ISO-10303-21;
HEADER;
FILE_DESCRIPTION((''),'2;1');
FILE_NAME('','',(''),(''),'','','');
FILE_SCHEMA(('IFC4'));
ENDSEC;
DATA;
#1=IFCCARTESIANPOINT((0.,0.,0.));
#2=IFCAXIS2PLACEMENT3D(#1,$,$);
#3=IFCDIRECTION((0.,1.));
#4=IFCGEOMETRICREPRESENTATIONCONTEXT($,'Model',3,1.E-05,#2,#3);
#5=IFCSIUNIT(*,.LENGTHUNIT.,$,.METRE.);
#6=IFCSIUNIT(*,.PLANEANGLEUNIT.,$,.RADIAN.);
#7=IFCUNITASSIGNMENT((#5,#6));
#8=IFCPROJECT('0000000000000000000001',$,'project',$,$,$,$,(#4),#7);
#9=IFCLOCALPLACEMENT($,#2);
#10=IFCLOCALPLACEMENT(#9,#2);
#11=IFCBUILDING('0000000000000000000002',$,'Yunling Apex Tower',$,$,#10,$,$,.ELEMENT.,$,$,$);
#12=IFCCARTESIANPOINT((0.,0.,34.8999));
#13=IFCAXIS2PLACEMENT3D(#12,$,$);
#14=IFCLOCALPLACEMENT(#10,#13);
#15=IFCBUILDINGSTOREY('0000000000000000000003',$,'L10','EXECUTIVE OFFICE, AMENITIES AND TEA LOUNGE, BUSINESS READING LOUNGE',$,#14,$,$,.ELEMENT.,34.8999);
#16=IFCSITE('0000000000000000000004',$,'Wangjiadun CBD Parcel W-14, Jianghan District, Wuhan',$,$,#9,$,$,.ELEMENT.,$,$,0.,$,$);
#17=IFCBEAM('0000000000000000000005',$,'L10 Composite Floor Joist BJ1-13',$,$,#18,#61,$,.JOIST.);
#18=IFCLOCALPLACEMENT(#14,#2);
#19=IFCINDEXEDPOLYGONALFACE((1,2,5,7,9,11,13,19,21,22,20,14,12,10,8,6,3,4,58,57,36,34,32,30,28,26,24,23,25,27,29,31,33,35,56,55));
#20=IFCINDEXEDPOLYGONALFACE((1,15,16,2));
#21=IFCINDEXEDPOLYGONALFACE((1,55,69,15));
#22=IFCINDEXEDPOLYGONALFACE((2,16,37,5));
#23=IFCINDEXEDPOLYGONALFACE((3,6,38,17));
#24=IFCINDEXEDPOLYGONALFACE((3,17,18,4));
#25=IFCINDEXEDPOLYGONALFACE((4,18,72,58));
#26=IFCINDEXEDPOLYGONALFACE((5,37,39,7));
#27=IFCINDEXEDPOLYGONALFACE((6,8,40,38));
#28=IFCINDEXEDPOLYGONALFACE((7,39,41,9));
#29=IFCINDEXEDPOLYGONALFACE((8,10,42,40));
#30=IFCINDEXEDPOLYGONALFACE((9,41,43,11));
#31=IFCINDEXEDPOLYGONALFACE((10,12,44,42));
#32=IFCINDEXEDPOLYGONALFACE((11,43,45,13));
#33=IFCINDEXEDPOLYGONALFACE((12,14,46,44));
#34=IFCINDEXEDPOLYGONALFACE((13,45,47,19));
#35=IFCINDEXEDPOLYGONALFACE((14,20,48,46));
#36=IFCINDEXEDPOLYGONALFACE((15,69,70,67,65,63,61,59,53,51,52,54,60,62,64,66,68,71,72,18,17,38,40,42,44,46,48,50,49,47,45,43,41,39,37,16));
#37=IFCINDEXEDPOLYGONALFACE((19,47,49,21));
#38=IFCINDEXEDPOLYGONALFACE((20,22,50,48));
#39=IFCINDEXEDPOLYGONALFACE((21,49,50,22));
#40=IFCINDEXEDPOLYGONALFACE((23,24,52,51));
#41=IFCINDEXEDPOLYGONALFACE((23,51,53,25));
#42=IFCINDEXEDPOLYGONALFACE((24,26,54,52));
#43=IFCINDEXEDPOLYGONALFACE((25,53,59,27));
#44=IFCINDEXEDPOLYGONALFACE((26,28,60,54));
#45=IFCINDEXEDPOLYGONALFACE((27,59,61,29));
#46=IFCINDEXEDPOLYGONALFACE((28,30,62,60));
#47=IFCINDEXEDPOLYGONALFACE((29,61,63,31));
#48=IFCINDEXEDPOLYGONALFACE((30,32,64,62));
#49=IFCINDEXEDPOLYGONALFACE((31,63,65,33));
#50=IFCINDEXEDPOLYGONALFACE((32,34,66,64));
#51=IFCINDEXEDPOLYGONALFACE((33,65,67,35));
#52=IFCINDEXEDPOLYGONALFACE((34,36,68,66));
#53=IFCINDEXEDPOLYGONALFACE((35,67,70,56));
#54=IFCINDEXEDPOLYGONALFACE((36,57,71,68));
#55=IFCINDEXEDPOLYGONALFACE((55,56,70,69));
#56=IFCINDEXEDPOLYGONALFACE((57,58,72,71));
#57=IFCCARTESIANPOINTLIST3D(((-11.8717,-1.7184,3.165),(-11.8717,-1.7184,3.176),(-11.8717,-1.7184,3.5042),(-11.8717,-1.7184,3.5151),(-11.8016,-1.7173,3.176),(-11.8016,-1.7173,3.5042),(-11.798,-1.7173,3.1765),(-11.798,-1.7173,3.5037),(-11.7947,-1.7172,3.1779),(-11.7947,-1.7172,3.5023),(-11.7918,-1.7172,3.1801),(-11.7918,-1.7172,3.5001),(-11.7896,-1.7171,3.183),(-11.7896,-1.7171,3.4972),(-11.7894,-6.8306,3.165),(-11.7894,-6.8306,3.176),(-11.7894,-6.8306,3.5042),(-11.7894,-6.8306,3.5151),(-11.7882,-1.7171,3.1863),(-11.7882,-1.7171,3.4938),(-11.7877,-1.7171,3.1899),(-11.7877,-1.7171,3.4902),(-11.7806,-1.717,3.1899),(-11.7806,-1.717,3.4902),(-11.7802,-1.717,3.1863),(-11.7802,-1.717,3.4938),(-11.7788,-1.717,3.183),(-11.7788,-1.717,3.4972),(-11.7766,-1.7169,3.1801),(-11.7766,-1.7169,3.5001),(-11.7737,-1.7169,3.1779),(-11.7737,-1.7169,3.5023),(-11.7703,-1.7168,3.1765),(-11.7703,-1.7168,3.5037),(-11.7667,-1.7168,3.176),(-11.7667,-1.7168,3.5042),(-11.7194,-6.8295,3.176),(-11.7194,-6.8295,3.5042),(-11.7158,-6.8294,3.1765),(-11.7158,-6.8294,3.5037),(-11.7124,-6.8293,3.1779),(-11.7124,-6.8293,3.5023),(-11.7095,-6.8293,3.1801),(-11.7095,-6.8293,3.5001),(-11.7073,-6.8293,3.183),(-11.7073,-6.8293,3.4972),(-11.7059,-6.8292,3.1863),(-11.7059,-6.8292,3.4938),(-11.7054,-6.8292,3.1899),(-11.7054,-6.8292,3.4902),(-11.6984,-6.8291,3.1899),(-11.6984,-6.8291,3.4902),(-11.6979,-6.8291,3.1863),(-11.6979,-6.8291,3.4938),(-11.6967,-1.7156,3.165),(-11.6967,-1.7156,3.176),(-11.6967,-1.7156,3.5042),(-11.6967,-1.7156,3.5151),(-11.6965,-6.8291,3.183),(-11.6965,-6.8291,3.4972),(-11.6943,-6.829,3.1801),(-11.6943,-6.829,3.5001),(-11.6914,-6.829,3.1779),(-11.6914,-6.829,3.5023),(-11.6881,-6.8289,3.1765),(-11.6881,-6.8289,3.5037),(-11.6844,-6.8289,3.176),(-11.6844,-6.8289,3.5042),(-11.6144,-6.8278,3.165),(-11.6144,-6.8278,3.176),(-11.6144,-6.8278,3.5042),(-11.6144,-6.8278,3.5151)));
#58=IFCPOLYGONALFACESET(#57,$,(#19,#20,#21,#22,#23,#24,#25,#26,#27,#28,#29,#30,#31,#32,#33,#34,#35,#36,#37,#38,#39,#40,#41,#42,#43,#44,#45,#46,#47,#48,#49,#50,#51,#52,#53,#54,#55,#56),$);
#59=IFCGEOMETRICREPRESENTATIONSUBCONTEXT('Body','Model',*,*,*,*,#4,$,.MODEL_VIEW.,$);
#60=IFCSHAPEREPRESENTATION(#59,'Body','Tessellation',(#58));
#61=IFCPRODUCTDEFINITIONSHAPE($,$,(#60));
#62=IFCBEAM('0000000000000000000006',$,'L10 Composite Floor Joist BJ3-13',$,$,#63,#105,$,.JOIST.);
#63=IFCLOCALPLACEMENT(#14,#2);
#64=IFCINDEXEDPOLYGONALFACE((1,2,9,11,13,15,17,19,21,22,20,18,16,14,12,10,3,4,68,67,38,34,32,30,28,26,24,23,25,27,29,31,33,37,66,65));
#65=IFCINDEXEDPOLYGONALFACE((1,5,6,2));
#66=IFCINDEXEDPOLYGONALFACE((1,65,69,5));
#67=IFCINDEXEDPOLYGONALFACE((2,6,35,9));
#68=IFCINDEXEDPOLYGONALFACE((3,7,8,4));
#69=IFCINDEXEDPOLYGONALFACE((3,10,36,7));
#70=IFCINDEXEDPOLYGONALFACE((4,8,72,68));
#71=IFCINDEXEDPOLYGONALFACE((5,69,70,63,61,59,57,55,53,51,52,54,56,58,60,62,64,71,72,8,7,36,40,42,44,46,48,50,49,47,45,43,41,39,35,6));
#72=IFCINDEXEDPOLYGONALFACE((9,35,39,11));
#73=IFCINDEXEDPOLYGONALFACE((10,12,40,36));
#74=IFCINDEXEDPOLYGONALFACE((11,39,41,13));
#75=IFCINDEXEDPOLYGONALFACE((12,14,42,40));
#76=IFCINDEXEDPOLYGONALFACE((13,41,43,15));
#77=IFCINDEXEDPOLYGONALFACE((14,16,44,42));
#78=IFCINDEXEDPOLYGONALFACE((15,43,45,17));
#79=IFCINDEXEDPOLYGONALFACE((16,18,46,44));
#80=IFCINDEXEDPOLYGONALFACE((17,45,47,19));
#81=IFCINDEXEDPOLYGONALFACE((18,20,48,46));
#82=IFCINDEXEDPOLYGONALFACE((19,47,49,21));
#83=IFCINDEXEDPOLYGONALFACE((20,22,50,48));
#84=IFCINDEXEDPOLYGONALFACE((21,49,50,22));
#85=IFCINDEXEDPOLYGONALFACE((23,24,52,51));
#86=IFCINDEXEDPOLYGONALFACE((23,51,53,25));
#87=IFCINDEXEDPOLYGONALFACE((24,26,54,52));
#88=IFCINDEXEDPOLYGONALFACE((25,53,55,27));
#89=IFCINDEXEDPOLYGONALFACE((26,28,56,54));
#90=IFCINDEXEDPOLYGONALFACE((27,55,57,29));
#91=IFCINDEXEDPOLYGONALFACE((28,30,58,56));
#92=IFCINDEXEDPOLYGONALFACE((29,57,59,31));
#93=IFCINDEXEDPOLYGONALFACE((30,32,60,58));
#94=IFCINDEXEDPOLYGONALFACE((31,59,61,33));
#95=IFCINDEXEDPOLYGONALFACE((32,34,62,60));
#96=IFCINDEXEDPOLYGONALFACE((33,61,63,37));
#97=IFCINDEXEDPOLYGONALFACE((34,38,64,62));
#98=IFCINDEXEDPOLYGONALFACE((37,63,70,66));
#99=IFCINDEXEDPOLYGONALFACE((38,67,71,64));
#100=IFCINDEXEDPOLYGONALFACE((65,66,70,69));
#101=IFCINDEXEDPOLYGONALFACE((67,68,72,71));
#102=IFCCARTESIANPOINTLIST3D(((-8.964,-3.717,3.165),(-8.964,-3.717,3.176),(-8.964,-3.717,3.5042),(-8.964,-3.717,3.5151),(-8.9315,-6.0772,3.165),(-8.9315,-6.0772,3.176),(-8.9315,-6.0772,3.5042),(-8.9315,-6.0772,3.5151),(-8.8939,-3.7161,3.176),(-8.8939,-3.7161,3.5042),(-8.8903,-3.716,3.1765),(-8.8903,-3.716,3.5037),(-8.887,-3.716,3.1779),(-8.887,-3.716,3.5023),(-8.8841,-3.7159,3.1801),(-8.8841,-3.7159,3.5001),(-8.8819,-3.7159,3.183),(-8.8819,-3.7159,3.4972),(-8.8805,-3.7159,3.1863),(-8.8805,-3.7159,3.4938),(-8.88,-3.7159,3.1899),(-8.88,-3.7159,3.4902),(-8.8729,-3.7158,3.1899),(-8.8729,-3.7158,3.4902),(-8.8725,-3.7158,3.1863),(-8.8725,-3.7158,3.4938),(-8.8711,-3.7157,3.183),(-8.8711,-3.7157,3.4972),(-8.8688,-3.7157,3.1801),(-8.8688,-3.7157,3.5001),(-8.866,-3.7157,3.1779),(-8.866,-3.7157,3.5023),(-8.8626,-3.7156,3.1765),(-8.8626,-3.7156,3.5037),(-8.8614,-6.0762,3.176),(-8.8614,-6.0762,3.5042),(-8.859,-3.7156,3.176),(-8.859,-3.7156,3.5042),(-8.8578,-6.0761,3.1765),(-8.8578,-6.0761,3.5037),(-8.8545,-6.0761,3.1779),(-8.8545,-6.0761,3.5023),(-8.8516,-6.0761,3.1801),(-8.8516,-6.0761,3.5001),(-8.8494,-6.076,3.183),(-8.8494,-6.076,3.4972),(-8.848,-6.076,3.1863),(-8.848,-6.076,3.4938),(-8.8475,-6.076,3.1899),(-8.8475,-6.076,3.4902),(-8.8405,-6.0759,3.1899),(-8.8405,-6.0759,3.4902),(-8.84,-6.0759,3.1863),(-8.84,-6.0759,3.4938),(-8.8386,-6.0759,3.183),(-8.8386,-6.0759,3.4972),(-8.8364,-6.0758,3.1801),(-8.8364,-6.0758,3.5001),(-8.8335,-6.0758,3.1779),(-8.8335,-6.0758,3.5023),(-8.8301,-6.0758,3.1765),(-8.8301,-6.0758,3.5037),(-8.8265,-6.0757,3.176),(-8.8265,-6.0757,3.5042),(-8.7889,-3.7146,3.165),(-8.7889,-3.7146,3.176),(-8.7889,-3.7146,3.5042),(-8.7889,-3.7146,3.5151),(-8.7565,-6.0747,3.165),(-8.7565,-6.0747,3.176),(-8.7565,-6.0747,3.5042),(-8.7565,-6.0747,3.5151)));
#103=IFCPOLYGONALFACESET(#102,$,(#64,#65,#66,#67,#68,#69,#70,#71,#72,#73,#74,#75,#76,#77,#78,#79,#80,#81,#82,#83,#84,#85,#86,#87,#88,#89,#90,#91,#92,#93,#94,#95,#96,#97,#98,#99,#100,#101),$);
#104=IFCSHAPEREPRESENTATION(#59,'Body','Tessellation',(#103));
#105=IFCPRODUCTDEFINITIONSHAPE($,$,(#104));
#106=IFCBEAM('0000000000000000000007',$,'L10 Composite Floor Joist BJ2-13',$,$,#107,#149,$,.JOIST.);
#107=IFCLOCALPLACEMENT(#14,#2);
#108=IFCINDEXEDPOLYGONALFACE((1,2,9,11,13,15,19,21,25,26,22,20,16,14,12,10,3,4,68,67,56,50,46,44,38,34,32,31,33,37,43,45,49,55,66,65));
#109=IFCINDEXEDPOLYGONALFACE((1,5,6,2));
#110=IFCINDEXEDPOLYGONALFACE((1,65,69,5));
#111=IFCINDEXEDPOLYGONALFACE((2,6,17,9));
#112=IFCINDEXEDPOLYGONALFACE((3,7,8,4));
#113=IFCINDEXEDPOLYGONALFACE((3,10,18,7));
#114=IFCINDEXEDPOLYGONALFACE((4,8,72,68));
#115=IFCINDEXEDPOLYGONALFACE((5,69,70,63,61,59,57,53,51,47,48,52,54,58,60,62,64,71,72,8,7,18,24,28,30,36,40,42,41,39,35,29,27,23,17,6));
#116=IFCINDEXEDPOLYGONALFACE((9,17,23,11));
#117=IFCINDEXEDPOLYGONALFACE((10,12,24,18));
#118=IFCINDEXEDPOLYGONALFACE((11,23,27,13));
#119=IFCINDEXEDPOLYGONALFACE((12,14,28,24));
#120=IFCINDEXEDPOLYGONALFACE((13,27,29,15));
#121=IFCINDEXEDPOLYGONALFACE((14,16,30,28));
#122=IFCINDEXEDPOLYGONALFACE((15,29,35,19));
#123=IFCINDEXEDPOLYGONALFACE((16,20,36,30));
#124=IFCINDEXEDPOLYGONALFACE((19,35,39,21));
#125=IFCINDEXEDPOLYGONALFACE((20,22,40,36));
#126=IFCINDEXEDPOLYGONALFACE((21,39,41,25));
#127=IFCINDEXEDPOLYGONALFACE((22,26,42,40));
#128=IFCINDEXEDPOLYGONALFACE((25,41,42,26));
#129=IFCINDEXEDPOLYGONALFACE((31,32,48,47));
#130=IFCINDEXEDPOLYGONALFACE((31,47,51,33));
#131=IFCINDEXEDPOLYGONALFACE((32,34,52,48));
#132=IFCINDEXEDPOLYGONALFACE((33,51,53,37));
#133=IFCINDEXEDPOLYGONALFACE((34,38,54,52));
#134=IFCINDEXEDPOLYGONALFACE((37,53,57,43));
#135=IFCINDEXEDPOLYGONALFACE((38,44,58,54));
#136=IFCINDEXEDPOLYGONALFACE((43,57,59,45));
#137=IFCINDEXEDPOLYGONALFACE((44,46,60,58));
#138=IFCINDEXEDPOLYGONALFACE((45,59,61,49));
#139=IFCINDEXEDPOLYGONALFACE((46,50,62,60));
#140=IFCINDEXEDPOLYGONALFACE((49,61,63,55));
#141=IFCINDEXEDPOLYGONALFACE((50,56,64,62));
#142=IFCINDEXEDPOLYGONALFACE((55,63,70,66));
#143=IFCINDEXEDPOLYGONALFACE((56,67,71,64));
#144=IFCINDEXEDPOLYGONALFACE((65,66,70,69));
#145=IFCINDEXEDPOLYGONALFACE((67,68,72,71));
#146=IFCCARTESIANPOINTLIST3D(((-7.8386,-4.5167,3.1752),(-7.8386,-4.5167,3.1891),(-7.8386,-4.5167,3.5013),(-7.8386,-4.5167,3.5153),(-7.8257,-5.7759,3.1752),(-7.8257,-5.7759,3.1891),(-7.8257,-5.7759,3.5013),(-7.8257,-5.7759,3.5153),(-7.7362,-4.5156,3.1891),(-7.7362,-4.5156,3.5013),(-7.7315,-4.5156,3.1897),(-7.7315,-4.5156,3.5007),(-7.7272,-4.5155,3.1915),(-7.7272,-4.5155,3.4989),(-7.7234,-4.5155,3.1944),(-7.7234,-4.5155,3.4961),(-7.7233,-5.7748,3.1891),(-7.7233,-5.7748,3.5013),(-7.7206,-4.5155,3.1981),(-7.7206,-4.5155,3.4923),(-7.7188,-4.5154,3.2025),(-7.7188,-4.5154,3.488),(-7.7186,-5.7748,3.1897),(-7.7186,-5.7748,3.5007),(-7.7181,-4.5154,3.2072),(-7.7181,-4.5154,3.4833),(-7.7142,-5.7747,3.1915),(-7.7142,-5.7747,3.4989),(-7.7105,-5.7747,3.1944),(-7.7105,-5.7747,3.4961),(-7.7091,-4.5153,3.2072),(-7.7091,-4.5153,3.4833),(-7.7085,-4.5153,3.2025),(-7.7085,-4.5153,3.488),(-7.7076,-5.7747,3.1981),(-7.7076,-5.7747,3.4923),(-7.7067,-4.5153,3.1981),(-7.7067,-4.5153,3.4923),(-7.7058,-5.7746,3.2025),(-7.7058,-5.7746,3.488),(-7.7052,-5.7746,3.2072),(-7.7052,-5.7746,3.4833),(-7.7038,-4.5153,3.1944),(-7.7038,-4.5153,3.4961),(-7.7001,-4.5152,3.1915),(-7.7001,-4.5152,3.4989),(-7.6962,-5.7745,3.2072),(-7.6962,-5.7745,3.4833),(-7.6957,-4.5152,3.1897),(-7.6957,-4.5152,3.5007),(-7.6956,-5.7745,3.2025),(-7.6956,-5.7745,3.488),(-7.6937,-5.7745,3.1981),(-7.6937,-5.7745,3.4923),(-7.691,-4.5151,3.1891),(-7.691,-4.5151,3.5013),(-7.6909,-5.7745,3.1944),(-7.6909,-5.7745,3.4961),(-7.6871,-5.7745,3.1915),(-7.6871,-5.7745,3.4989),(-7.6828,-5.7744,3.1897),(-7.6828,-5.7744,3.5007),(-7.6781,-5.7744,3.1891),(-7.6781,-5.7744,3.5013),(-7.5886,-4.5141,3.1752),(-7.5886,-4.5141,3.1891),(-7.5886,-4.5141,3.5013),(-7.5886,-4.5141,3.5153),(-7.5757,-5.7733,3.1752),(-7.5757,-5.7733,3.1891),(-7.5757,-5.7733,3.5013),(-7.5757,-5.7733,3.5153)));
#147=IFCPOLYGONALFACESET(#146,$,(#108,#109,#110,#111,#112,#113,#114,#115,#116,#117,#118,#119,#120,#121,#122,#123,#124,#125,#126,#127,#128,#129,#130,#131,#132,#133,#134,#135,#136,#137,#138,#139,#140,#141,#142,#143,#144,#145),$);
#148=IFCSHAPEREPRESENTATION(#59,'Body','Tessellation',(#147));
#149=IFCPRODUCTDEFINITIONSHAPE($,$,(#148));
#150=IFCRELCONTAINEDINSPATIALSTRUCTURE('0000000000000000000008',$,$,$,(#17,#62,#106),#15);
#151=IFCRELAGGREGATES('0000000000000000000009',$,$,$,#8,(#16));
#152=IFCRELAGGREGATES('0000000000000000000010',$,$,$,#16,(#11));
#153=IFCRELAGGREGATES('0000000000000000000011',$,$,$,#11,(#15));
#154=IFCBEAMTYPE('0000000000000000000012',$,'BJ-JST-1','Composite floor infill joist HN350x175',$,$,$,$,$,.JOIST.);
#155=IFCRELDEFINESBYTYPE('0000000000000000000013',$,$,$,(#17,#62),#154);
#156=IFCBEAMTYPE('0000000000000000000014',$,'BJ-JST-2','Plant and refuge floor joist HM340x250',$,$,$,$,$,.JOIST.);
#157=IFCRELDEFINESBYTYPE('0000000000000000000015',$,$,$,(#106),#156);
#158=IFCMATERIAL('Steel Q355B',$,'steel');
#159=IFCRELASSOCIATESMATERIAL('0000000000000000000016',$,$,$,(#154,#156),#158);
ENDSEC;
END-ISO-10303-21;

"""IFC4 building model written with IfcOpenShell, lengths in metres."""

from ifc_helpers import new_model, si_unit, direction, frame, origin, origin_2d, place, context, subcontext, project, spatial, i_section, extrude, source, transform, mapped, material, material_profile, profile_set, type_object, element, save


model = new_model("IFC4")

# Units and contexts
model_context = context("Model", 3, precision=1e-05, world=origin(), true_north=direction((0.0, 1.0)))
body_context = subcontext(model_context, "Body", "Model", "MODEL_VIEW")
ifc_project = project(units=[si_unit("LENGTHUNIT", "METRE"), si_unit("PLANEANGLEUNIT", "RADIAN")], contexts=[model_context])

# Site, building, storey
site_placement = place(None, origin())
site = spatial("IfcSite", under=ifc_project, at=site_placement, Name="Wangjiadun CBD Parcel W-14, Jianghan District, Wuhan", CompositionType="ELEMENT", RefElevation=0.0)
building_placement = place(site_placement, origin())
building = spatial("IfcBuilding", under=site, at=building_placement, Name="Yunling Apex Tower", CompositionType="ELEMENT")
storey_placement = place(building_placement, frame((0.0, 0.0, 34.8999)))
storey = spatial("IfcBuildingStorey", under=building, at=storey_placement, Name="L10", Description="EXECUTIVE OFFICE, AMENITIES AND TEA LOUNGE, BUSINESS READING LOUNGE", CompositionType="ELEMENT", Elevation=34.8999)

# Beams
ifc_material_1 = material(Name="Steel Q355B", Category="steel")
ifc_material_profile_1 = material_profile(ifc_material_1, i_section(OverallWidth=0.175, OverallDepth=0.3501, WebThickness=0.0071, FlangeThickness=0.011, FilletRadius=0.0139, at=origin_2d()))
ifc_profile_set_1 = profile_set([ifc_material_profile_1], Name="Steel Q355B")
beam_type_1 = type_object("IfcBeamType", Name="BJ-JST-1", Description="Composite floor infill joist HN350x175", PredefinedType="JOIST", material=ifc_profile_set_1)
shared_shape_1 = source(origin(), body_context, "Body", "SweptSolid", [
    extrude(i_section(OverallWidth=0.175, OverallDepth=0.3501, WebThickness=0.0071, FlangeThickness=0.011, FilletRadius=0.0139, at=origin_2d()), origin(), (0.0, 0.0, 1.0), 5.1128),
])
beam_1_placement = place(storey_placement, frame((-11.7842, -1.717, 3.3401), z_axis=(0.016092, -0.999871, 0.0), x_axis=(0.999871, 0.016092, 0.0)))
element("IfcBeam", 1, at=beam_1_placement, inside=storey, type_object=beam_type_1, Name="L10 Composite Floor Joist BJ1-13", PredefinedType="JOIST", context=body_context, shape_type="MappedRepresentation", body=[
    mapped(shared_shape_1, transform((0.0, 0.0, 0.0), scale=1.0)),
])
shared_shape_2 = source(origin(), body_context, "Body", "SweptSolid", [
    extrude(i_section(OverallWidth=0.175, OverallDepth=0.3501, WebThickness=0.0071, FlangeThickness=0.011, FilletRadius=0.0139, at=origin_2d()), origin(), (0.0, 0.0, 1.0), 2.3604),
])
beam_2_placement = place(storey_placement, frame((-8.8765, -3.7158, 3.3401), z_axis=(0.013757, -0.999905, 0.0), x_axis=(0.999905, 0.013757, 0.0)))
element("IfcBeam", 2, at=beam_2_placement, inside=storey, type_object=beam_type_1, Name="L10 Composite Floor Joist BJ3-13", PredefinedType="JOIST", context=body_context, shape_type="MappedRepresentation", body=[
    mapped(shared_shape_2, transform((0.0, 0.0, 0.0), scale=1.0)),
])
ifc_material_profile_2 = material_profile(ifc_material_1, i_section(OverallWidth=0.25, OverallDepth=0.3401, WebThickness=0.009, FlangeThickness=0.0139, FilletRadius=0.0181, at=origin_2d()))
ifc_profile_set_2 = profile_set([ifc_material_profile_2], Name="Steel Q355B")
beam_type_2 = type_object("IfcBeamType", Name="BJ-JST-2", Description="Plant and refuge floor joist HM340x250", PredefinedType="JOIST", material=ifc_profile_set_2)
shared_shape_3 = source(origin(), body_context, "Body", "SweptSolid", [
    extrude(i_section(OverallWidth=0.25, OverallDepth=0.3401, WebThickness=0.009, FlangeThickness=0.0139, FilletRadius=0.0181, at=origin_2d()), origin(), (0.0, 0.0, 1.0), 1.2593),
])
beam_3_placement = place(storey_placement, frame((-7.7136, -4.5154, 3.3452), z_axis=(0.010275, -0.999947, 0.0), x_axis=(0.999947, 0.010275, 0.0)))
element("IfcBeam", 3, at=beam_3_placement, inside=storey, type_object=beam_type_2, Name="L10 Composite Floor Joist BJ2-13", PredefinedType="JOIST", context=body_context, shape_type="MappedRepresentation", body=[
    mapped(shared_shape_3, transform((0.0, 0.0, 0.0), scale=1.0)),
])

save(model, "model.ifc")
